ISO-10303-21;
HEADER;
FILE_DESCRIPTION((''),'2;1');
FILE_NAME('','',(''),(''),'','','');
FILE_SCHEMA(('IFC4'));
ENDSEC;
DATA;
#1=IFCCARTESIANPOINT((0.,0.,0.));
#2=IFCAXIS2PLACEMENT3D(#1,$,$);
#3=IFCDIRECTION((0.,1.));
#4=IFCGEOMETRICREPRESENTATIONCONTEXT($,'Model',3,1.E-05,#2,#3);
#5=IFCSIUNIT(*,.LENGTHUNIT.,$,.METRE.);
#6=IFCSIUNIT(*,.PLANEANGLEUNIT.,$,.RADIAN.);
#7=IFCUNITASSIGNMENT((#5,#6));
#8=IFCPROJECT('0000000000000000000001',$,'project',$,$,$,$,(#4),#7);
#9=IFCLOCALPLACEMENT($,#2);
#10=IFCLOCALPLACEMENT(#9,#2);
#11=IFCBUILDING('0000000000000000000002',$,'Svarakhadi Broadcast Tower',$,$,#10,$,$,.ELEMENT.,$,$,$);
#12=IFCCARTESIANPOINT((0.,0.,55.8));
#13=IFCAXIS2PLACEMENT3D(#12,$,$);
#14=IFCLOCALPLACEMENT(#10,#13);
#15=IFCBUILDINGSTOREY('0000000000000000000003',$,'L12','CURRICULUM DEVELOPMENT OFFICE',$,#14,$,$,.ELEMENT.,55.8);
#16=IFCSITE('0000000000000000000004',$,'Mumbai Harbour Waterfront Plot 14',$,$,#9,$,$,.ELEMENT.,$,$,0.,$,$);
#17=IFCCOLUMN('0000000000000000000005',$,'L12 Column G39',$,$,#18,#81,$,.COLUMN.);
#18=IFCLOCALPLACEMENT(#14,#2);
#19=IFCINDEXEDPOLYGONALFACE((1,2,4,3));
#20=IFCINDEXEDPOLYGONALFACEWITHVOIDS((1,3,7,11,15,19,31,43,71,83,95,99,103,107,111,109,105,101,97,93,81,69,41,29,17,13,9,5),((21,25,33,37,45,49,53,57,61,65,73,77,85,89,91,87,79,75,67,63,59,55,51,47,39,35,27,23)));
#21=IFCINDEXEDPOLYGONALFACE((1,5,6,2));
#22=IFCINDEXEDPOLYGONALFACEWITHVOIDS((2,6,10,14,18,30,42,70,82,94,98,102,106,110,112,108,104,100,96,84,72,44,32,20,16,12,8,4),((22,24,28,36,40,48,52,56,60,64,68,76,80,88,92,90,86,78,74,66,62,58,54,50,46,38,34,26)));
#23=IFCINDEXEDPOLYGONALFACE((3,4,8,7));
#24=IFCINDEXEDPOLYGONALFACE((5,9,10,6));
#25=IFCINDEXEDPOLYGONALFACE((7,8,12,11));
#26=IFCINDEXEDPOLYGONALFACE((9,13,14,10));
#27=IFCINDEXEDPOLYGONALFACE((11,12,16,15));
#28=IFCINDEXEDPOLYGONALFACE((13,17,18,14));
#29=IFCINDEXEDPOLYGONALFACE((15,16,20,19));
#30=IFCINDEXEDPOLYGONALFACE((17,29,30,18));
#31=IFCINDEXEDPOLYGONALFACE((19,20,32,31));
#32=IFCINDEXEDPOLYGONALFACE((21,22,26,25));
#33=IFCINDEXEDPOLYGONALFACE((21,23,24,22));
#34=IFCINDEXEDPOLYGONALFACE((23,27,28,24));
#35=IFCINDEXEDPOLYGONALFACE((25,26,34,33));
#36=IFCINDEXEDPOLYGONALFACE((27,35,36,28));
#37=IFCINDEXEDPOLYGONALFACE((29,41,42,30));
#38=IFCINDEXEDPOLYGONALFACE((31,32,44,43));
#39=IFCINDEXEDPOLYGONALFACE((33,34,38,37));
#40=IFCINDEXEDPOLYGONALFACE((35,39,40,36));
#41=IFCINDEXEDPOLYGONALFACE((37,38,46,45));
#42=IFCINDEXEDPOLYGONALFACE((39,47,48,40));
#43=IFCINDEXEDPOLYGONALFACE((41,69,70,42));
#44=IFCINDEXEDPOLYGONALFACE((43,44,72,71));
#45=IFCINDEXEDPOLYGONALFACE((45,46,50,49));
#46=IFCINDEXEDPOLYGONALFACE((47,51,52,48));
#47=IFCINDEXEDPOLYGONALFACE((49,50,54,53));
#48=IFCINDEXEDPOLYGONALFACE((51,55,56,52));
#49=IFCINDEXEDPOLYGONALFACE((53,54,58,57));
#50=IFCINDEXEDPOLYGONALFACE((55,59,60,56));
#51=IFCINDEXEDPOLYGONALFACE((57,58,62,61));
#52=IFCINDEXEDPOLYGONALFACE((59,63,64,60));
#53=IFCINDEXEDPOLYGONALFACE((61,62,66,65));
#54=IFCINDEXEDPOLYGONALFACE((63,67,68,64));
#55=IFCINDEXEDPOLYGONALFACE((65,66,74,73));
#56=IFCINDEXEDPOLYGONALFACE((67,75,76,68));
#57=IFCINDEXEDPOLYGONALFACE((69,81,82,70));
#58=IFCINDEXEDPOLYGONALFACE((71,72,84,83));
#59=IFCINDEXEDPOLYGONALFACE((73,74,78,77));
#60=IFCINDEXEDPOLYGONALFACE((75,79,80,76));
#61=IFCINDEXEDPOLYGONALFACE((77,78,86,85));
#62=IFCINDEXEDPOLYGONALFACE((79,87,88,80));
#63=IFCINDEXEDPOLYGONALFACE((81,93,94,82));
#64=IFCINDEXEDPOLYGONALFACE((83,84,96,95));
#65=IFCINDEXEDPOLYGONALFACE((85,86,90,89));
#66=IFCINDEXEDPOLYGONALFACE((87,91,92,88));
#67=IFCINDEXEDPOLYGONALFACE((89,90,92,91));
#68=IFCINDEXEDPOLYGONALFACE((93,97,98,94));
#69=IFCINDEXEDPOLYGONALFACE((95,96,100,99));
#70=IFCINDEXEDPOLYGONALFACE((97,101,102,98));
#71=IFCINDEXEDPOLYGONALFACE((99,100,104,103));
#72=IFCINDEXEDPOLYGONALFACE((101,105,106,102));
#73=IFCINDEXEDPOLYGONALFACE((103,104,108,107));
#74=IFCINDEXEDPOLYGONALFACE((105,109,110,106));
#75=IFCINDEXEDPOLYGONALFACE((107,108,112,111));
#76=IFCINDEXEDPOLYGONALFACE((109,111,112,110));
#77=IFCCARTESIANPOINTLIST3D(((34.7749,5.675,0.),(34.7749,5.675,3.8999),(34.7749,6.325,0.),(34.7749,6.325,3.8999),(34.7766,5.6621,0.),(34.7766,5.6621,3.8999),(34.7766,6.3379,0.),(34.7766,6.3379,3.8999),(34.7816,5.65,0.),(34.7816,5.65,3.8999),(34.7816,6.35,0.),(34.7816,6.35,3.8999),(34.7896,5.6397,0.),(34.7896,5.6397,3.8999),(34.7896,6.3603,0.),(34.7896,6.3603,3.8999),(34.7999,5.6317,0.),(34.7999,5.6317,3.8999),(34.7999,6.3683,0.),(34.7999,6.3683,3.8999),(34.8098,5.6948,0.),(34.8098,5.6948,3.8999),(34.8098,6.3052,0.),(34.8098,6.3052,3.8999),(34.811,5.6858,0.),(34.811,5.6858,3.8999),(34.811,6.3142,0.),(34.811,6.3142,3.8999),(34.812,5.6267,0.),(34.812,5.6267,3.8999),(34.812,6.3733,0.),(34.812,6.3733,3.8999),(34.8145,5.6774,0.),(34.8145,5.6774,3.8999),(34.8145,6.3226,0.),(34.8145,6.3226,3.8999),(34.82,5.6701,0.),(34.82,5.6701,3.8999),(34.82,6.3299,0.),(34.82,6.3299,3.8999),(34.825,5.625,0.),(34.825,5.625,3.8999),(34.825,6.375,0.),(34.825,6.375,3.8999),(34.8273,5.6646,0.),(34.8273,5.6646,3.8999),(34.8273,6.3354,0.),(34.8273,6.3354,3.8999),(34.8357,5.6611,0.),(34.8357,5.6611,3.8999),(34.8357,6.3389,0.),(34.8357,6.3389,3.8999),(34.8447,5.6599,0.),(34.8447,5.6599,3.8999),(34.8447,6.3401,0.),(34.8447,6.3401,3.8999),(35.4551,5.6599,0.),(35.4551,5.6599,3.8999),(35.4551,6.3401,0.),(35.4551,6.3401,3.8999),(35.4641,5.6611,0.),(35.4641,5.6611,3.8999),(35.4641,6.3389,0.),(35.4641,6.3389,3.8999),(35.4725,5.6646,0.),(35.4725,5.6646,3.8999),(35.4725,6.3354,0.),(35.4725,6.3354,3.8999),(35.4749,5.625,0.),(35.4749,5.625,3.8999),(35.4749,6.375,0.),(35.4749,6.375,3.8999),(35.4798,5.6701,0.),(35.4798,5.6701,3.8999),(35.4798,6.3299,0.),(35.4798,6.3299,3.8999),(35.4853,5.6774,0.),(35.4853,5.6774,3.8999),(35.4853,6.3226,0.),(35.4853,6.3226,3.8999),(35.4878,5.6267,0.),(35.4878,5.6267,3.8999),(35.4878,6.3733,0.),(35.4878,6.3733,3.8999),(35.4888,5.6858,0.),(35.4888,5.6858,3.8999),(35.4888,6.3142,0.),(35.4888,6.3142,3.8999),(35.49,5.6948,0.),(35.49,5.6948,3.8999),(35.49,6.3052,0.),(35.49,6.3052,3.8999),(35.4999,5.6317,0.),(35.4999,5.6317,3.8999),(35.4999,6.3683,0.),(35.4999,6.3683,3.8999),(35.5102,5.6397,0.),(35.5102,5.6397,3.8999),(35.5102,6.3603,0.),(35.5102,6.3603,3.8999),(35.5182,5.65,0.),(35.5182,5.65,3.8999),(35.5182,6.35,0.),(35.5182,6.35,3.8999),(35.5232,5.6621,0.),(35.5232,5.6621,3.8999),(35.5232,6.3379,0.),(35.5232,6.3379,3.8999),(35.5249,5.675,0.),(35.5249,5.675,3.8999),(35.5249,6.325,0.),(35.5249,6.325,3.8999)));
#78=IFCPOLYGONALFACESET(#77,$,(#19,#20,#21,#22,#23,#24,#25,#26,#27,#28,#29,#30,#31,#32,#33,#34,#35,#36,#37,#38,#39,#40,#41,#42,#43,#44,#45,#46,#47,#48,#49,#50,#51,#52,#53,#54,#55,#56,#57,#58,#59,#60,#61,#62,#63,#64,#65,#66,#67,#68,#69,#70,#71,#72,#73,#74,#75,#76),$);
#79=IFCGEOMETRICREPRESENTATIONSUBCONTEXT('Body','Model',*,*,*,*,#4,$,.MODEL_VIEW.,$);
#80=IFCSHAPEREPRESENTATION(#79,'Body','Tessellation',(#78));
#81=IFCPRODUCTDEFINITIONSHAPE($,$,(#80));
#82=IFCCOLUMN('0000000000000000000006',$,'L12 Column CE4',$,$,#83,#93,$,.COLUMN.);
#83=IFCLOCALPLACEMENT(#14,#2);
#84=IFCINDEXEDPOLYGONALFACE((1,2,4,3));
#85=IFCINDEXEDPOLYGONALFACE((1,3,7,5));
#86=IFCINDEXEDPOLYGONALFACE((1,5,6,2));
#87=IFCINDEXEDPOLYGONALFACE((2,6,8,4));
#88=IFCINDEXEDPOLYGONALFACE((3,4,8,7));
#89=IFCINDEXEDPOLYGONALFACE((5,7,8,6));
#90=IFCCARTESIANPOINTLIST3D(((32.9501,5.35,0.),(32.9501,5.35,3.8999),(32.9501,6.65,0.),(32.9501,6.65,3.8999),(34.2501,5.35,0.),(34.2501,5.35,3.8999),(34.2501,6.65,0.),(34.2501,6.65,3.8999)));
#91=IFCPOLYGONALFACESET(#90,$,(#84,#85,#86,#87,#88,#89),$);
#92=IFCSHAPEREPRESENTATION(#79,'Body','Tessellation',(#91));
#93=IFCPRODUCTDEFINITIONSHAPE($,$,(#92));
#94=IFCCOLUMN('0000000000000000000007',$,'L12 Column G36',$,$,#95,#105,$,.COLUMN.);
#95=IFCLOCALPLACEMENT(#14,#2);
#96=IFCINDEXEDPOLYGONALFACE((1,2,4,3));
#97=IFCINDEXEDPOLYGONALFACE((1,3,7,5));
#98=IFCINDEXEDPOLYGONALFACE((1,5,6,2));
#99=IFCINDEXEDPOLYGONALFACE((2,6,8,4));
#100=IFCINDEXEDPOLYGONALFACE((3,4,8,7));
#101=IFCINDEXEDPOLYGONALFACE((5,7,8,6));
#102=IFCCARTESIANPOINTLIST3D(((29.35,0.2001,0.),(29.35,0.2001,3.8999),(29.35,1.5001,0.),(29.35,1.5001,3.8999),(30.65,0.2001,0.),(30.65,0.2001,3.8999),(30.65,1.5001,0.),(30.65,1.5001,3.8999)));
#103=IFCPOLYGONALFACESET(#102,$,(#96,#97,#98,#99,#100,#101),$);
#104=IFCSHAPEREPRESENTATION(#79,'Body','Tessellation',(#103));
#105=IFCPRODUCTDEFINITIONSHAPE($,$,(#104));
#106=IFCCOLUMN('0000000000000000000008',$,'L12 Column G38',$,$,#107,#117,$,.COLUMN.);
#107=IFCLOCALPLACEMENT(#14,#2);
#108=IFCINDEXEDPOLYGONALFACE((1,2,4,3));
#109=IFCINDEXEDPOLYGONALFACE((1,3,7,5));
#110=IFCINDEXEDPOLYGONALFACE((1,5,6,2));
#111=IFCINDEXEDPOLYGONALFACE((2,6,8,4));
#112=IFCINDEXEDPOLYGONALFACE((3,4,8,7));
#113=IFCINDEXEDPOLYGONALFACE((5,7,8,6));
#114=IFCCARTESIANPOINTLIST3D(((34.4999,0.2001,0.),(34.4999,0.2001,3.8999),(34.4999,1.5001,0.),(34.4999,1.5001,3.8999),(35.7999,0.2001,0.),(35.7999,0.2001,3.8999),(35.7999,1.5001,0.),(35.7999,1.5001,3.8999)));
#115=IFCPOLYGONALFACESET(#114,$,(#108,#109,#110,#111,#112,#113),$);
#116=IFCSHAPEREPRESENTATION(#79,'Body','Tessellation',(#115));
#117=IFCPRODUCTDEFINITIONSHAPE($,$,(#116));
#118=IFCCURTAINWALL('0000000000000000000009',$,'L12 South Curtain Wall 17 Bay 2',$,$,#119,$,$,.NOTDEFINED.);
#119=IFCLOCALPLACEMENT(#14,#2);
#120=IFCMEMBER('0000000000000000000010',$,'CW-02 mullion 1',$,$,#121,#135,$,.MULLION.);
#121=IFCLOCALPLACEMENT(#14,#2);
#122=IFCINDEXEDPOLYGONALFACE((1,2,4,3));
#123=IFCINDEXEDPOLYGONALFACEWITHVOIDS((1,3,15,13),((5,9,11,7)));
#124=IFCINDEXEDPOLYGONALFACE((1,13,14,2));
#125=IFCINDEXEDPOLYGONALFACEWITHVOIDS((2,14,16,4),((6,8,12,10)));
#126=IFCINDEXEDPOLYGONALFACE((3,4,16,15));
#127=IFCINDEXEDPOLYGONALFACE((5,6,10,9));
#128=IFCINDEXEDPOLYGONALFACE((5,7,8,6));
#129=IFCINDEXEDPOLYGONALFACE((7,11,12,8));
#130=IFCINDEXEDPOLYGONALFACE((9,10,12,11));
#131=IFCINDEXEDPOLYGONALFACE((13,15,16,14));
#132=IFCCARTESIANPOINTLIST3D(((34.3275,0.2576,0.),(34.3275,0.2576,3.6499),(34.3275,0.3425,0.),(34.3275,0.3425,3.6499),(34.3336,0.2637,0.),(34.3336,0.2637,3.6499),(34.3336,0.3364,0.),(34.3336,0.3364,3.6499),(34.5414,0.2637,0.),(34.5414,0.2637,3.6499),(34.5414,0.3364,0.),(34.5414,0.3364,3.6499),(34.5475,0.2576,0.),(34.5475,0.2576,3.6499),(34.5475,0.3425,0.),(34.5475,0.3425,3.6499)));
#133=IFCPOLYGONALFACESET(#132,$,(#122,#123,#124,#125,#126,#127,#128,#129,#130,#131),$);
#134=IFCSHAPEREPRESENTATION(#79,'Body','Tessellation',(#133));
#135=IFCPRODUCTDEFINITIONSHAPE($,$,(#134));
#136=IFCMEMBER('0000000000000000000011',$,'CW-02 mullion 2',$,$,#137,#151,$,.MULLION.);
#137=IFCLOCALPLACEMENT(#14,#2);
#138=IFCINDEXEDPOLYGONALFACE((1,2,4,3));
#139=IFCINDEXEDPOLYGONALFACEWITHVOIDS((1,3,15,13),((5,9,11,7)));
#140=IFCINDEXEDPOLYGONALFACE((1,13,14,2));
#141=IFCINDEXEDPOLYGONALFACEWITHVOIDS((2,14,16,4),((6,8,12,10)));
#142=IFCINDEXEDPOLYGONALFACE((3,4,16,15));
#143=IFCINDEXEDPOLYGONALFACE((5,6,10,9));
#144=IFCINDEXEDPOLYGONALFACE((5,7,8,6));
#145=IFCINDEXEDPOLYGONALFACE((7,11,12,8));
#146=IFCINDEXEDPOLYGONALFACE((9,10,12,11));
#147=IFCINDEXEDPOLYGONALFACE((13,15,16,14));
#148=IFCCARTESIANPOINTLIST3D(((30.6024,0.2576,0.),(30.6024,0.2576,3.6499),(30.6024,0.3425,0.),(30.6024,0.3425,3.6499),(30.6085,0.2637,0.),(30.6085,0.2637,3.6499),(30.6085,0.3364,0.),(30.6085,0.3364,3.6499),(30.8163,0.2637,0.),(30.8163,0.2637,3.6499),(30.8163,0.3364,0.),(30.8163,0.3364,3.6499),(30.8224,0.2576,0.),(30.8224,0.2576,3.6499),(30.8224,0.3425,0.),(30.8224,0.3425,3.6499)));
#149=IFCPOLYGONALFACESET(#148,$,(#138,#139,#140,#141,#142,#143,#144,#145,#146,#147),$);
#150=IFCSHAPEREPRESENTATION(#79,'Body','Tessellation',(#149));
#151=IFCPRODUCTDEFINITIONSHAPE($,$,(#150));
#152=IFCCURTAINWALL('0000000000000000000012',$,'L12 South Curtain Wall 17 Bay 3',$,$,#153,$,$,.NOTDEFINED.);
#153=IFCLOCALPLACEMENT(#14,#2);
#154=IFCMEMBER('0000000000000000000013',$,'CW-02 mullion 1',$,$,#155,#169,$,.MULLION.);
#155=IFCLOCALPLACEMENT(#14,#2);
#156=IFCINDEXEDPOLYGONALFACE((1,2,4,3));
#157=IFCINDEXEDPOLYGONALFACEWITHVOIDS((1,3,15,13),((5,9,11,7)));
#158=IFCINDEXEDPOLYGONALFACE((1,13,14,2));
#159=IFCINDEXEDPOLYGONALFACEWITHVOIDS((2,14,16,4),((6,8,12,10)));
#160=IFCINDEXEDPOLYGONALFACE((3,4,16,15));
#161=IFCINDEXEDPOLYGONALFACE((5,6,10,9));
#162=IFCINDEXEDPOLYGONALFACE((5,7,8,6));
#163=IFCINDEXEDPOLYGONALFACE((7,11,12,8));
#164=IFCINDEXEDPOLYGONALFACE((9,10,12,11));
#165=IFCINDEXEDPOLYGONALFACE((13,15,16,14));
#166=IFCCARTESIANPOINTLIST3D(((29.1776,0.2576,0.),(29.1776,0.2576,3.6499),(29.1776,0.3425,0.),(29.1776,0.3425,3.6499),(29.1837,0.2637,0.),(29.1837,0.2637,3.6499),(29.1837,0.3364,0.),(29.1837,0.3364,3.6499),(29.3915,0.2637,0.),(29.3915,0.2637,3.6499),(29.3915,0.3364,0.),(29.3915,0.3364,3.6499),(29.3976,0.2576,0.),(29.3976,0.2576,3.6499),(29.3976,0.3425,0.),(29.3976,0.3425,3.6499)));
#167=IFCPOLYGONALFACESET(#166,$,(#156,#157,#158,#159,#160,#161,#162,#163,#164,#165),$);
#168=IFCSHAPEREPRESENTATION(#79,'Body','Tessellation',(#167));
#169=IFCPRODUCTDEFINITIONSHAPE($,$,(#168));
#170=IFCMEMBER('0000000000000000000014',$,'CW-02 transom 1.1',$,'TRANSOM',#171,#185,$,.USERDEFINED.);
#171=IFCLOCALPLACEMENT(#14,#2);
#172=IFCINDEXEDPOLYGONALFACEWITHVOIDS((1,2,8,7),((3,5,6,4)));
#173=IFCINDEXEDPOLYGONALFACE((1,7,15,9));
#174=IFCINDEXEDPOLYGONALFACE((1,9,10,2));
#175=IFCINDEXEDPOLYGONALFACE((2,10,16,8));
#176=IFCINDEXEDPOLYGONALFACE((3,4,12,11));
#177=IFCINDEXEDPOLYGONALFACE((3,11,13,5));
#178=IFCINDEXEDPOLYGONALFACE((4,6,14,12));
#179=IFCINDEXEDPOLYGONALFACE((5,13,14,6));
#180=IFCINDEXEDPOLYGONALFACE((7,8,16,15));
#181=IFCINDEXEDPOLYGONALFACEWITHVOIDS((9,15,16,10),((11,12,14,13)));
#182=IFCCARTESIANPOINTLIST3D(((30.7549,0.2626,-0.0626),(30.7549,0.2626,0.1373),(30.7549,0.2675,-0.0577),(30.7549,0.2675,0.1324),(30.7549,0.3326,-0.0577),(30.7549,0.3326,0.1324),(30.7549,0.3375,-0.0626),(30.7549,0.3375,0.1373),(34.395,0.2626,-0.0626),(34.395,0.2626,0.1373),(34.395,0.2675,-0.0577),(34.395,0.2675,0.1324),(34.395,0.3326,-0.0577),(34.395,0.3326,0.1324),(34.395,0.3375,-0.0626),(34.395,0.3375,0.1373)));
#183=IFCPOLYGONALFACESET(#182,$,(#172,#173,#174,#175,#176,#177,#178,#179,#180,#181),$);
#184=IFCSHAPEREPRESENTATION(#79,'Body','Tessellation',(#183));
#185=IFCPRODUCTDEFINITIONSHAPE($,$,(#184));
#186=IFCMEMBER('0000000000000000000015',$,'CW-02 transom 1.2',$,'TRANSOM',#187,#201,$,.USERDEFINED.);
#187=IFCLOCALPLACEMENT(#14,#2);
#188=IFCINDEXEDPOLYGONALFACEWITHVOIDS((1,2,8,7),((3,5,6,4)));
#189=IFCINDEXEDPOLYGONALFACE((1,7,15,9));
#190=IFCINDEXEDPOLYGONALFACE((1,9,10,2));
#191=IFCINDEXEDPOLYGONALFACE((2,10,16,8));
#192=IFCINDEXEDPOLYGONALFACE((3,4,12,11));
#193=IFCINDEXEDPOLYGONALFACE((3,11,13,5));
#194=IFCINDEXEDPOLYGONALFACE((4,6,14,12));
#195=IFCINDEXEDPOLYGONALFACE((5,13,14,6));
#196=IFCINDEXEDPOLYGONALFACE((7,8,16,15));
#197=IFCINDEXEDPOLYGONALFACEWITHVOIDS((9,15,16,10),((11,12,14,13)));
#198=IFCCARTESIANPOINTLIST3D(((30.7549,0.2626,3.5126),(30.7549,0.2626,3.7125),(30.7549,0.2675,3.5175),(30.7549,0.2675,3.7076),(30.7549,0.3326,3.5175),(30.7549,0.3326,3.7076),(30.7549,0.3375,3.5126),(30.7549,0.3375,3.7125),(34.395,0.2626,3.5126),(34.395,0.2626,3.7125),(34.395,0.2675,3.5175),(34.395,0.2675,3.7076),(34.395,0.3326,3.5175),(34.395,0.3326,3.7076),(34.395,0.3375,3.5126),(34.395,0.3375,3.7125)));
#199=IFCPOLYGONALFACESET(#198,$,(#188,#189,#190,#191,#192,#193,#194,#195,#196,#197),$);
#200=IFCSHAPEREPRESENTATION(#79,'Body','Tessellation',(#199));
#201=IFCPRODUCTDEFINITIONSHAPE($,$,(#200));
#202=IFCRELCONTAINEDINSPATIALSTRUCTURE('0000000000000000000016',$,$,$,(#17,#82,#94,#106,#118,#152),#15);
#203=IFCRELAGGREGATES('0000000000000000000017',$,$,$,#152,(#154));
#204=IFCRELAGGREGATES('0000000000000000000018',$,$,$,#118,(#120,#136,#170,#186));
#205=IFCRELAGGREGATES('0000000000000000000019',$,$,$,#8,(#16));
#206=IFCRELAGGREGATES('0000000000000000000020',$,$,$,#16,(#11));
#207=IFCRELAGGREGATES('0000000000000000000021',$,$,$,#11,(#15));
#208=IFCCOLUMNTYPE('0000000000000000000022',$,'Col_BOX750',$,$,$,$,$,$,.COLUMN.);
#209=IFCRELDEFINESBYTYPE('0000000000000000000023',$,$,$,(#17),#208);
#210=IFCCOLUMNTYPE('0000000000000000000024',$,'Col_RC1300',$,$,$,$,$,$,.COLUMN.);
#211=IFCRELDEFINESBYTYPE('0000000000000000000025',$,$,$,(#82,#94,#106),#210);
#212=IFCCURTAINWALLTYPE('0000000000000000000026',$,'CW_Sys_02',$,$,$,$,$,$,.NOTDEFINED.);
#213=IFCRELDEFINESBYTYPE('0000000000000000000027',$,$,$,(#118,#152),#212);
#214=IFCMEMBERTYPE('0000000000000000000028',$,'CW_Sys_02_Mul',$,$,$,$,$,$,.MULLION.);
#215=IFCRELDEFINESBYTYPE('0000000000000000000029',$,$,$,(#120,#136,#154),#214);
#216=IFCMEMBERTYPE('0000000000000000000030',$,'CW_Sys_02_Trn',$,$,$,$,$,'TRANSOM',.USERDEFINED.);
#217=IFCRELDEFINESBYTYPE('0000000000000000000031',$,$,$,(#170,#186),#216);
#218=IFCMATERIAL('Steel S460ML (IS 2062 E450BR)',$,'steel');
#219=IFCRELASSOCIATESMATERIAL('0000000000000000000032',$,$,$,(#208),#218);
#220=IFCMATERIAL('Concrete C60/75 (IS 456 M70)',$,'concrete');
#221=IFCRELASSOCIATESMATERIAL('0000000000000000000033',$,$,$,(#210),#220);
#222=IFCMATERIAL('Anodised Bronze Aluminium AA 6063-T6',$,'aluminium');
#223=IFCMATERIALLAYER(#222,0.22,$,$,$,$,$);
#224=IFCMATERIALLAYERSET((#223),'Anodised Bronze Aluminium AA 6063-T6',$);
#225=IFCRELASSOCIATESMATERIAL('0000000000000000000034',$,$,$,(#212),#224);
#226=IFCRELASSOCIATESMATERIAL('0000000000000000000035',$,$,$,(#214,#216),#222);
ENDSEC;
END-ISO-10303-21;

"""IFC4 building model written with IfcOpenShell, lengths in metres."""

from ifc_helpers import new_model, si_unit, direction, frame, origin, origin_2d, place, context, subcontext, project, spatial, rectangle, hollow_rectangle, extrude, material, layer, layer_set, material_profile, profile_set, type_object, element, aggregate, save


model = new_model("IFC4")

# Units and contexts
model_context = context("Model", 3, precision=1e-05, world=origin(), true_north=direction((0.0, 1.0)))
body_context = subcontext(model_context, "Body", "Model", "MODEL_VIEW")
ifc_project = project(units=[si_unit("LENGTHUNIT", "METRE"), si_unit("PLANEANGLEUNIT", "RADIAN")], contexts=[model_context])

# Site, building, storey
site_placement = place(None, origin())
site = spatial("IfcSite", under=ifc_project, at=site_placement, Name="Mumbai Harbour Waterfront Plot 14", CompositionType="ELEMENT", RefElevation=0.0)
building_placement = place(site_placement, origin())
building = spatial("IfcBuilding", under=site, at=building_placement, Name="Svarakhadi Broadcast Tower", CompositionType="ELEMENT")
storey_placement = place(building_placement, frame((0.0, 0.0, 55.8)))
storey = spatial("IfcBuildingStorey", under=building, at=storey_placement, Name="L12", Description="CURRICULUM DEVELOPMENT OFFICE", CompositionType="ELEMENT", Elevation=55.8)

# Columns
ifc_material_1 = material(Name="Steel S460ML (IS 2062 E450BR)", Category="steel")
ifc_material_profile_1 = material_profile(ifc_material_1, hollow_rectangle(XDim=0.75, YDim=0.75, WallThickness=0.0349, InnerFilletRadius=0.0349, OuterFilletRadius=0.05, at=origin_2d()), Name="BOX 750x750x35")
ifc_profile_set_1 = profile_set([ifc_material_profile_1], Name="Steel S460ML (IS 2062 E450BR)")
column_type_1 = type_object("IfcColumnType", Name="Col_BOX750", PredefinedType="COLUMN", material=ifc_profile_set_1)
column_placement = place(storey_placement, frame((35.1499, 6.0, 0.0), z_axis=(0.0, 0.0, 1.0), x_axis=(1.0, 0.0, 0.0)))
element("IfcColumn", 1, at=column_placement, inside=storey, type_object=column_type_1, Name="L12 Column G39", PredefinedType="COLUMN", context=body_context, shape_type="SweptSolid", body=[
    extrude(hollow_rectangle(XDim=0.75, YDim=0.75, WallThickness=0.0349, InnerFilletRadius=0.0349, OuterFilletRadius=0.05, at=origin_2d()), origin(), (0.0, 0.0, 1.0), 3.8999),
])
ifc_material_2 = material(Name="Concrete C60/75 (IS 456 M70)", Category="concrete")
ifc_material_profile_2 = material_profile(ifc_material_2, rectangle(XDim=1.3, YDim=1.3, at=origin_2d()), Name="RC 1300x1300")
ifc_profile_set_2 = profile_set([ifc_material_profile_2], Name="Concrete C60/75 (IS 456 M70)")
column_type_2 = type_object("IfcColumnType", Name="Col_RC1300", PredefinedType="COLUMN", material=ifc_profile_set_2)
for number, where, z_axis, x_axis, name in (
    (2, (33.6001, 6.0, 0.0), (0.0, 0.0, 1.0), (1.0, 0.0, 0.0), "L12 Column CE4"),
    (3, (30.0, 0.8501, 0.0), (0.0, 0.0, 1.0), (1.0, 0.0, 0.0), "L12 Column G36"),
    (4, (35.1499, 0.8501, 0.0), (0.0, 0.0, 1.0), (1.0, 0.0, 0.0), "L12 Column G38"),
):
    element("IfcColumn", number, at=place(storey_placement, frame(where, z_axis=z_axis, x_axis=x_axis)), inside=storey, type_object=column_type_2, Name=name, PredefinedType="COLUMN", context=body_context, shape_type="SweptSolid", body=[
        extrude(rectangle(XDim=1.3, YDim=1.3, at=origin_2d()), origin(), (0.0, 0.0, 1.0), 3.8999),
    ])

# Curtain wall, members
ifc_material_3 = material(Name="Anodised Bronze Aluminium AA 6063-T6", Category="aluminium")
ifc_layer_1 = layer(ifc_material_3, 0.22)
ifc_layer_set_1 = layer_set([ifc_layer_1], Name="Anodised Bronze Aluminium AA 6063-T6")
curtain_wall_type = type_object("IfcCurtainWallType", Name="CW_Sys_02", PredefinedType="NOTDEFINED", material=ifc_layer_set_1)
curtain_wall_1_placement = place(storey_placement, origin())
curtain_wall_1 = element("IfcCurtainWall", 5, at=curtain_wall_1_placement, inside=storey, type_object=curtain_wall_type, Name="L12 South Curtain Wall 17 Bay 2", PredefinedType="NOTDEFINED")
ifc_material_profile_3 = material_profile(ifc_material_3, hollow_rectangle(XDim=0.085, YDim=0.22, WallThickness=0.0061, at=origin_2d()), Name="ALU MULLION 220x85x6")
ifc_profile_set_3 = profile_set([ifc_material_profile_3], Name="Anodised Bronze Aluminium AA 6063-T6")
member_type_1 = type_object("IfcMemberType", Name="CW_Sys_02_Mul", PredefinedType="MULLION", material=ifc_profile_set_3)
member_1_placement = place(storey_placement, frame((34.4375, 0.3, 0.0), z_axis=(0.0, 0.0, 1.0), x_axis=(0.0, -1.0, 0.0)))
member_1 = element("IfcMember", 6, at=member_1_placement, type_object=member_type_1, Name="CW-02 mullion 1", PredefinedType="MULLION", context=body_context, shape_type="SweptSolid", body=[
    extrude(hollow_rectangle(XDim=0.085, YDim=0.22, WallThickness=0.0061, at=origin_2d()), origin(), (0.0, 0.0, 1.0), 3.6499),
])
member_2_placement = place(storey_placement, frame((30.7124, 0.3, 0.0), z_axis=(0.0, 0.0, 1.0), x_axis=(0.0, -1.0, 0.0)))
member_2 = element("IfcMember", 7, at=member_2_placement, type_object=member_type_1, Name="CW-02 mullion 2", PredefinedType="MULLION", context=body_context, shape_type="SweptSolid", body=[
    extrude(hollow_rectangle(XDim=0.085, YDim=0.22, WallThickness=0.0061, at=origin_2d()), origin(), (0.0, 0.0, 1.0), 3.6499),
])

# Curtain wall, member
curtain_wall_2_placement = place(storey_placement, origin())
curtain_wall_2 = element("IfcCurtainWall", 8, at=curtain_wall_2_placement, inside=storey, type_object=curtain_wall_type, Name="L12 South Curtain Wall 17 Bay 3", PredefinedType="NOTDEFINED")
member_3_placement = place(storey_placement, frame((29.2876, 0.3, 0.0), z_axis=(0.0, 0.0, 1.0), x_axis=(0.0, -1.0, 0.0)))
member_3 = element("IfcMember", 9, at=member_3_placement, type_object=member_type_1, Name="CW-02 mullion 1", PredefinedType="MULLION", context=body_context, shape_type="SweptSolid", body=[
    extrude(hollow_rectangle(XDim=0.085, YDim=0.22, WallThickness=0.0061, at=origin_2d()), origin(), (0.0, 0.0, 1.0), 3.6499),
])
aggregate(curtain_wall_2, [member_3])

# Members
ifc_material_profile_4 = material_profile(ifc_material_3, hollow_rectangle(XDim=0.075, YDim=0.2, WallThickness=0.0049, at=origin_2d()), Name="ALU TRANSOM 200x75x5")
ifc_profile_set_4 = profile_set([ifc_material_profile_4], Name="Anodised Bronze Aluminium AA 6063-T6")
member_type_2 = type_object("IfcMemberType", Name="CW_Sys_02_Trn", ElementType="TRANSOM", PredefinedType="USERDEFINED", material=ifc_profile_set_4)
member_4_placement = place(storey_placement, frame((34.395, 0.3, 0.0374), z_axis=(-1.0, 0.0, 0.0), x_axis=(0.0, -1.0, 0.0)))
member_4 = element("IfcMember", 10, at=member_4_placement, type_object=member_type_2, Name="CW-02 transom 1.1", ObjectType="TRANSOM", PredefinedType="USERDEFINED", context=body_context, shape_type="SweptSolid", body=[
    extrude(hollow_rectangle(XDim=0.075, YDim=0.2, WallThickness=0.0049, at=origin_2d()), origin(), (0.0, 0.0, 1.0), 3.6401),
])
member_5_placement = place(storey_placement, frame((34.395, 0.3, 3.6125), z_axis=(-1.0, 0.0, 0.0), x_axis=(0.0, -1.0, 0.0)))
member_5 = element("IfcMember", 11, at=member_5_placement, type_object=member_type_2, Name="CW-02 transom 1.2", ObjectType="TRANSOM", PredefinedType="USERDEFINED", context=body_context, shape_type="SweptSolid", body=[
    extrude(hollow_rectangle(XDim=0.075, YDim=0.2, WallThickness=0.0049, at=origin_2d()), origin(), (0.0, 0.0, 1.0), 3.6401),
])

aggregate(curtain_wall_1, [member_1, member_2, member_4, member_5])

save(model, "model.ifc")
